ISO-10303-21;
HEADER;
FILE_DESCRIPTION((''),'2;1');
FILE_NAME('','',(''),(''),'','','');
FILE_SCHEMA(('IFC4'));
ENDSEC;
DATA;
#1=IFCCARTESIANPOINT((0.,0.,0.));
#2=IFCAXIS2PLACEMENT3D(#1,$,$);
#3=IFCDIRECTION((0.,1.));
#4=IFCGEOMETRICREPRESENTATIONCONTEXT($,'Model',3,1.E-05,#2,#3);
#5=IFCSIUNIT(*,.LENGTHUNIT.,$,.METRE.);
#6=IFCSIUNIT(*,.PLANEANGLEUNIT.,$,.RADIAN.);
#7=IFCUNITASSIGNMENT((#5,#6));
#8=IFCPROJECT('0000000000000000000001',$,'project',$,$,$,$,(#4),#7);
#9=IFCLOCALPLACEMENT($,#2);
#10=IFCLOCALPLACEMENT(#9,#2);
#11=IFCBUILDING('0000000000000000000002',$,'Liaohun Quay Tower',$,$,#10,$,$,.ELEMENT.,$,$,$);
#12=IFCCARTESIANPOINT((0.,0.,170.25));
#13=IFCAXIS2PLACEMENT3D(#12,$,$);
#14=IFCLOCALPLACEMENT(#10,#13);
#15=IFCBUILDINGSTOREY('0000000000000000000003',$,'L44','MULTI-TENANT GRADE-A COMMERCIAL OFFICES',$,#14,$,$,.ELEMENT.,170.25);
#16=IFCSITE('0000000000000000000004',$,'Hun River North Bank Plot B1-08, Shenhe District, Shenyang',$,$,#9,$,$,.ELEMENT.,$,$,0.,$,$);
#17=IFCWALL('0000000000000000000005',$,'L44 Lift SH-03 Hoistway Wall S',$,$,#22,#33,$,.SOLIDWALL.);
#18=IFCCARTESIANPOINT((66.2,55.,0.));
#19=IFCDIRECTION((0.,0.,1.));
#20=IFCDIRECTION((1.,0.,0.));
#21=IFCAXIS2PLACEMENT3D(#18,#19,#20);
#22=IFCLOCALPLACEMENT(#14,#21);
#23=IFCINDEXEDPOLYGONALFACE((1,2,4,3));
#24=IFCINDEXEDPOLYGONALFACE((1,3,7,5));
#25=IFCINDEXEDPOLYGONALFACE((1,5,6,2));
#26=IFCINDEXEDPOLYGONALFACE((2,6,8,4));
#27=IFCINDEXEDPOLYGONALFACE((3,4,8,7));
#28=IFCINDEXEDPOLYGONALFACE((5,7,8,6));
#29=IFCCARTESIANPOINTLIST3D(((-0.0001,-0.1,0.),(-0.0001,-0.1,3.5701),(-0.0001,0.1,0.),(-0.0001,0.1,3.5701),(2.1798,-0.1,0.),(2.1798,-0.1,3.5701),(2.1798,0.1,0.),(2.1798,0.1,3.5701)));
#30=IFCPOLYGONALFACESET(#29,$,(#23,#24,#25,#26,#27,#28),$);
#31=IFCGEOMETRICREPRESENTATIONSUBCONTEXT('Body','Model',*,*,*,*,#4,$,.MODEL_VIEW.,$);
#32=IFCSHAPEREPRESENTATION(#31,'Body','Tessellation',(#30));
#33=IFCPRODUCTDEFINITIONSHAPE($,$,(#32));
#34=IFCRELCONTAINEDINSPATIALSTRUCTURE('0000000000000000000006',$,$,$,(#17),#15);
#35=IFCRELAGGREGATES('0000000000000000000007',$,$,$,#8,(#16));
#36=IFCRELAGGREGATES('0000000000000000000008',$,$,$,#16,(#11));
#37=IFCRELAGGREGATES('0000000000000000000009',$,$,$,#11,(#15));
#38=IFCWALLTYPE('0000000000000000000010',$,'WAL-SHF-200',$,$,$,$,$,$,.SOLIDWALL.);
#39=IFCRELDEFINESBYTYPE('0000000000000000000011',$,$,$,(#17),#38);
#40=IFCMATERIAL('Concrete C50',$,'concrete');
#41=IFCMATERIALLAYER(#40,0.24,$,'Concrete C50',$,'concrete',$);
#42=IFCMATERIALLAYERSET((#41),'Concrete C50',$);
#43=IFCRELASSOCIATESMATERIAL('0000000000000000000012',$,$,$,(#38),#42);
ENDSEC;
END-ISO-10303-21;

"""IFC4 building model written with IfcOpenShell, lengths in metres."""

from ifc_helpers import new_model, si_unit, direction, frame, frame_2d, origin, place, context, subcontext, project, spatial, rectangle, extrude, material, layer, layer_set, type_object, element, save


model = new_model("IFC4")

# Units and contexts
model_context = context("Model", 3, precision=1e-05, world=origin(), true_north=direction((0.0, 1.0)))
body_context = subcontext(model_context, "Body", "Model", "MODEL_VIEW")
ifc_project = project(units=[si_unit("LENGTHUNIT", "METRE"), si_unit("PLANEANGLEUNIT", "RADIAN")], contexts=[model_context])

# Site, building, storey
site_placement = place(None, origin())
site = spatial("IfcSite", under=ifc_project, at=site_placement, Name="Hun River North Bank Plot B1-08, Shenhe District, Shenyang", CompositionType="ELEMENT", RefElevation=0.0)
building_placement = place(site_placement, origin())
building = spatial("IfcBuilding", under=site, at=building_placement, Name="Liaohun Quay Tower", CompositionType="ELEMENT")
storey_placement = place(building_placement, frame((0.0, 0.0, 170.25)))
storey = spatial("IfcBuildingStorey", under=building, at=storey_placement, Name="L44", Description="MULTI-TENANT GRADE-A COMMERCIAL OFFICES", CompositionType="ELEMENT", Elevation=170.25)

# Shared definitions
ifc_material_1 = material(Name="Concrete C50", Category="concrete")
ifc_layer_1 = layer(ifc_material_1, 0.24, Name="Concrete C50", Category="concrete")
ifc_layer_set_1 = layer_set([ifc_layer_1], Name="Concrete C50")
wall_type_1 = type_object("IfcWallType", Name="WAL-SHF-200", PredefinedType="SOLIDWALL", material=ifc_layer_set_1)

# Wall
wall_1_placement = place(storey_placement, frame((66.2, 55.0, 0.0), z_axis=(0.0, 0.0, 1.0), x_axis=(1.0, 0.0, 0.0)))
element("IfcWall", 1, at=wall_1_placement, inside=storey, type_object=wall_type_1, Name="L44 Lift SH-03 Hoistway Wall S", PredefinedType="SOLIDWALL", context=body_context, shape_type="SweptSolid", body=[
    extrude(rectangle(XDim=2.1799, YDim=0.2, at=frame_2d((1.0898, 0.0))), origin(), (0.0, 0.0, 1.0), 3.5701),
])

save(model, "model.ifc")
